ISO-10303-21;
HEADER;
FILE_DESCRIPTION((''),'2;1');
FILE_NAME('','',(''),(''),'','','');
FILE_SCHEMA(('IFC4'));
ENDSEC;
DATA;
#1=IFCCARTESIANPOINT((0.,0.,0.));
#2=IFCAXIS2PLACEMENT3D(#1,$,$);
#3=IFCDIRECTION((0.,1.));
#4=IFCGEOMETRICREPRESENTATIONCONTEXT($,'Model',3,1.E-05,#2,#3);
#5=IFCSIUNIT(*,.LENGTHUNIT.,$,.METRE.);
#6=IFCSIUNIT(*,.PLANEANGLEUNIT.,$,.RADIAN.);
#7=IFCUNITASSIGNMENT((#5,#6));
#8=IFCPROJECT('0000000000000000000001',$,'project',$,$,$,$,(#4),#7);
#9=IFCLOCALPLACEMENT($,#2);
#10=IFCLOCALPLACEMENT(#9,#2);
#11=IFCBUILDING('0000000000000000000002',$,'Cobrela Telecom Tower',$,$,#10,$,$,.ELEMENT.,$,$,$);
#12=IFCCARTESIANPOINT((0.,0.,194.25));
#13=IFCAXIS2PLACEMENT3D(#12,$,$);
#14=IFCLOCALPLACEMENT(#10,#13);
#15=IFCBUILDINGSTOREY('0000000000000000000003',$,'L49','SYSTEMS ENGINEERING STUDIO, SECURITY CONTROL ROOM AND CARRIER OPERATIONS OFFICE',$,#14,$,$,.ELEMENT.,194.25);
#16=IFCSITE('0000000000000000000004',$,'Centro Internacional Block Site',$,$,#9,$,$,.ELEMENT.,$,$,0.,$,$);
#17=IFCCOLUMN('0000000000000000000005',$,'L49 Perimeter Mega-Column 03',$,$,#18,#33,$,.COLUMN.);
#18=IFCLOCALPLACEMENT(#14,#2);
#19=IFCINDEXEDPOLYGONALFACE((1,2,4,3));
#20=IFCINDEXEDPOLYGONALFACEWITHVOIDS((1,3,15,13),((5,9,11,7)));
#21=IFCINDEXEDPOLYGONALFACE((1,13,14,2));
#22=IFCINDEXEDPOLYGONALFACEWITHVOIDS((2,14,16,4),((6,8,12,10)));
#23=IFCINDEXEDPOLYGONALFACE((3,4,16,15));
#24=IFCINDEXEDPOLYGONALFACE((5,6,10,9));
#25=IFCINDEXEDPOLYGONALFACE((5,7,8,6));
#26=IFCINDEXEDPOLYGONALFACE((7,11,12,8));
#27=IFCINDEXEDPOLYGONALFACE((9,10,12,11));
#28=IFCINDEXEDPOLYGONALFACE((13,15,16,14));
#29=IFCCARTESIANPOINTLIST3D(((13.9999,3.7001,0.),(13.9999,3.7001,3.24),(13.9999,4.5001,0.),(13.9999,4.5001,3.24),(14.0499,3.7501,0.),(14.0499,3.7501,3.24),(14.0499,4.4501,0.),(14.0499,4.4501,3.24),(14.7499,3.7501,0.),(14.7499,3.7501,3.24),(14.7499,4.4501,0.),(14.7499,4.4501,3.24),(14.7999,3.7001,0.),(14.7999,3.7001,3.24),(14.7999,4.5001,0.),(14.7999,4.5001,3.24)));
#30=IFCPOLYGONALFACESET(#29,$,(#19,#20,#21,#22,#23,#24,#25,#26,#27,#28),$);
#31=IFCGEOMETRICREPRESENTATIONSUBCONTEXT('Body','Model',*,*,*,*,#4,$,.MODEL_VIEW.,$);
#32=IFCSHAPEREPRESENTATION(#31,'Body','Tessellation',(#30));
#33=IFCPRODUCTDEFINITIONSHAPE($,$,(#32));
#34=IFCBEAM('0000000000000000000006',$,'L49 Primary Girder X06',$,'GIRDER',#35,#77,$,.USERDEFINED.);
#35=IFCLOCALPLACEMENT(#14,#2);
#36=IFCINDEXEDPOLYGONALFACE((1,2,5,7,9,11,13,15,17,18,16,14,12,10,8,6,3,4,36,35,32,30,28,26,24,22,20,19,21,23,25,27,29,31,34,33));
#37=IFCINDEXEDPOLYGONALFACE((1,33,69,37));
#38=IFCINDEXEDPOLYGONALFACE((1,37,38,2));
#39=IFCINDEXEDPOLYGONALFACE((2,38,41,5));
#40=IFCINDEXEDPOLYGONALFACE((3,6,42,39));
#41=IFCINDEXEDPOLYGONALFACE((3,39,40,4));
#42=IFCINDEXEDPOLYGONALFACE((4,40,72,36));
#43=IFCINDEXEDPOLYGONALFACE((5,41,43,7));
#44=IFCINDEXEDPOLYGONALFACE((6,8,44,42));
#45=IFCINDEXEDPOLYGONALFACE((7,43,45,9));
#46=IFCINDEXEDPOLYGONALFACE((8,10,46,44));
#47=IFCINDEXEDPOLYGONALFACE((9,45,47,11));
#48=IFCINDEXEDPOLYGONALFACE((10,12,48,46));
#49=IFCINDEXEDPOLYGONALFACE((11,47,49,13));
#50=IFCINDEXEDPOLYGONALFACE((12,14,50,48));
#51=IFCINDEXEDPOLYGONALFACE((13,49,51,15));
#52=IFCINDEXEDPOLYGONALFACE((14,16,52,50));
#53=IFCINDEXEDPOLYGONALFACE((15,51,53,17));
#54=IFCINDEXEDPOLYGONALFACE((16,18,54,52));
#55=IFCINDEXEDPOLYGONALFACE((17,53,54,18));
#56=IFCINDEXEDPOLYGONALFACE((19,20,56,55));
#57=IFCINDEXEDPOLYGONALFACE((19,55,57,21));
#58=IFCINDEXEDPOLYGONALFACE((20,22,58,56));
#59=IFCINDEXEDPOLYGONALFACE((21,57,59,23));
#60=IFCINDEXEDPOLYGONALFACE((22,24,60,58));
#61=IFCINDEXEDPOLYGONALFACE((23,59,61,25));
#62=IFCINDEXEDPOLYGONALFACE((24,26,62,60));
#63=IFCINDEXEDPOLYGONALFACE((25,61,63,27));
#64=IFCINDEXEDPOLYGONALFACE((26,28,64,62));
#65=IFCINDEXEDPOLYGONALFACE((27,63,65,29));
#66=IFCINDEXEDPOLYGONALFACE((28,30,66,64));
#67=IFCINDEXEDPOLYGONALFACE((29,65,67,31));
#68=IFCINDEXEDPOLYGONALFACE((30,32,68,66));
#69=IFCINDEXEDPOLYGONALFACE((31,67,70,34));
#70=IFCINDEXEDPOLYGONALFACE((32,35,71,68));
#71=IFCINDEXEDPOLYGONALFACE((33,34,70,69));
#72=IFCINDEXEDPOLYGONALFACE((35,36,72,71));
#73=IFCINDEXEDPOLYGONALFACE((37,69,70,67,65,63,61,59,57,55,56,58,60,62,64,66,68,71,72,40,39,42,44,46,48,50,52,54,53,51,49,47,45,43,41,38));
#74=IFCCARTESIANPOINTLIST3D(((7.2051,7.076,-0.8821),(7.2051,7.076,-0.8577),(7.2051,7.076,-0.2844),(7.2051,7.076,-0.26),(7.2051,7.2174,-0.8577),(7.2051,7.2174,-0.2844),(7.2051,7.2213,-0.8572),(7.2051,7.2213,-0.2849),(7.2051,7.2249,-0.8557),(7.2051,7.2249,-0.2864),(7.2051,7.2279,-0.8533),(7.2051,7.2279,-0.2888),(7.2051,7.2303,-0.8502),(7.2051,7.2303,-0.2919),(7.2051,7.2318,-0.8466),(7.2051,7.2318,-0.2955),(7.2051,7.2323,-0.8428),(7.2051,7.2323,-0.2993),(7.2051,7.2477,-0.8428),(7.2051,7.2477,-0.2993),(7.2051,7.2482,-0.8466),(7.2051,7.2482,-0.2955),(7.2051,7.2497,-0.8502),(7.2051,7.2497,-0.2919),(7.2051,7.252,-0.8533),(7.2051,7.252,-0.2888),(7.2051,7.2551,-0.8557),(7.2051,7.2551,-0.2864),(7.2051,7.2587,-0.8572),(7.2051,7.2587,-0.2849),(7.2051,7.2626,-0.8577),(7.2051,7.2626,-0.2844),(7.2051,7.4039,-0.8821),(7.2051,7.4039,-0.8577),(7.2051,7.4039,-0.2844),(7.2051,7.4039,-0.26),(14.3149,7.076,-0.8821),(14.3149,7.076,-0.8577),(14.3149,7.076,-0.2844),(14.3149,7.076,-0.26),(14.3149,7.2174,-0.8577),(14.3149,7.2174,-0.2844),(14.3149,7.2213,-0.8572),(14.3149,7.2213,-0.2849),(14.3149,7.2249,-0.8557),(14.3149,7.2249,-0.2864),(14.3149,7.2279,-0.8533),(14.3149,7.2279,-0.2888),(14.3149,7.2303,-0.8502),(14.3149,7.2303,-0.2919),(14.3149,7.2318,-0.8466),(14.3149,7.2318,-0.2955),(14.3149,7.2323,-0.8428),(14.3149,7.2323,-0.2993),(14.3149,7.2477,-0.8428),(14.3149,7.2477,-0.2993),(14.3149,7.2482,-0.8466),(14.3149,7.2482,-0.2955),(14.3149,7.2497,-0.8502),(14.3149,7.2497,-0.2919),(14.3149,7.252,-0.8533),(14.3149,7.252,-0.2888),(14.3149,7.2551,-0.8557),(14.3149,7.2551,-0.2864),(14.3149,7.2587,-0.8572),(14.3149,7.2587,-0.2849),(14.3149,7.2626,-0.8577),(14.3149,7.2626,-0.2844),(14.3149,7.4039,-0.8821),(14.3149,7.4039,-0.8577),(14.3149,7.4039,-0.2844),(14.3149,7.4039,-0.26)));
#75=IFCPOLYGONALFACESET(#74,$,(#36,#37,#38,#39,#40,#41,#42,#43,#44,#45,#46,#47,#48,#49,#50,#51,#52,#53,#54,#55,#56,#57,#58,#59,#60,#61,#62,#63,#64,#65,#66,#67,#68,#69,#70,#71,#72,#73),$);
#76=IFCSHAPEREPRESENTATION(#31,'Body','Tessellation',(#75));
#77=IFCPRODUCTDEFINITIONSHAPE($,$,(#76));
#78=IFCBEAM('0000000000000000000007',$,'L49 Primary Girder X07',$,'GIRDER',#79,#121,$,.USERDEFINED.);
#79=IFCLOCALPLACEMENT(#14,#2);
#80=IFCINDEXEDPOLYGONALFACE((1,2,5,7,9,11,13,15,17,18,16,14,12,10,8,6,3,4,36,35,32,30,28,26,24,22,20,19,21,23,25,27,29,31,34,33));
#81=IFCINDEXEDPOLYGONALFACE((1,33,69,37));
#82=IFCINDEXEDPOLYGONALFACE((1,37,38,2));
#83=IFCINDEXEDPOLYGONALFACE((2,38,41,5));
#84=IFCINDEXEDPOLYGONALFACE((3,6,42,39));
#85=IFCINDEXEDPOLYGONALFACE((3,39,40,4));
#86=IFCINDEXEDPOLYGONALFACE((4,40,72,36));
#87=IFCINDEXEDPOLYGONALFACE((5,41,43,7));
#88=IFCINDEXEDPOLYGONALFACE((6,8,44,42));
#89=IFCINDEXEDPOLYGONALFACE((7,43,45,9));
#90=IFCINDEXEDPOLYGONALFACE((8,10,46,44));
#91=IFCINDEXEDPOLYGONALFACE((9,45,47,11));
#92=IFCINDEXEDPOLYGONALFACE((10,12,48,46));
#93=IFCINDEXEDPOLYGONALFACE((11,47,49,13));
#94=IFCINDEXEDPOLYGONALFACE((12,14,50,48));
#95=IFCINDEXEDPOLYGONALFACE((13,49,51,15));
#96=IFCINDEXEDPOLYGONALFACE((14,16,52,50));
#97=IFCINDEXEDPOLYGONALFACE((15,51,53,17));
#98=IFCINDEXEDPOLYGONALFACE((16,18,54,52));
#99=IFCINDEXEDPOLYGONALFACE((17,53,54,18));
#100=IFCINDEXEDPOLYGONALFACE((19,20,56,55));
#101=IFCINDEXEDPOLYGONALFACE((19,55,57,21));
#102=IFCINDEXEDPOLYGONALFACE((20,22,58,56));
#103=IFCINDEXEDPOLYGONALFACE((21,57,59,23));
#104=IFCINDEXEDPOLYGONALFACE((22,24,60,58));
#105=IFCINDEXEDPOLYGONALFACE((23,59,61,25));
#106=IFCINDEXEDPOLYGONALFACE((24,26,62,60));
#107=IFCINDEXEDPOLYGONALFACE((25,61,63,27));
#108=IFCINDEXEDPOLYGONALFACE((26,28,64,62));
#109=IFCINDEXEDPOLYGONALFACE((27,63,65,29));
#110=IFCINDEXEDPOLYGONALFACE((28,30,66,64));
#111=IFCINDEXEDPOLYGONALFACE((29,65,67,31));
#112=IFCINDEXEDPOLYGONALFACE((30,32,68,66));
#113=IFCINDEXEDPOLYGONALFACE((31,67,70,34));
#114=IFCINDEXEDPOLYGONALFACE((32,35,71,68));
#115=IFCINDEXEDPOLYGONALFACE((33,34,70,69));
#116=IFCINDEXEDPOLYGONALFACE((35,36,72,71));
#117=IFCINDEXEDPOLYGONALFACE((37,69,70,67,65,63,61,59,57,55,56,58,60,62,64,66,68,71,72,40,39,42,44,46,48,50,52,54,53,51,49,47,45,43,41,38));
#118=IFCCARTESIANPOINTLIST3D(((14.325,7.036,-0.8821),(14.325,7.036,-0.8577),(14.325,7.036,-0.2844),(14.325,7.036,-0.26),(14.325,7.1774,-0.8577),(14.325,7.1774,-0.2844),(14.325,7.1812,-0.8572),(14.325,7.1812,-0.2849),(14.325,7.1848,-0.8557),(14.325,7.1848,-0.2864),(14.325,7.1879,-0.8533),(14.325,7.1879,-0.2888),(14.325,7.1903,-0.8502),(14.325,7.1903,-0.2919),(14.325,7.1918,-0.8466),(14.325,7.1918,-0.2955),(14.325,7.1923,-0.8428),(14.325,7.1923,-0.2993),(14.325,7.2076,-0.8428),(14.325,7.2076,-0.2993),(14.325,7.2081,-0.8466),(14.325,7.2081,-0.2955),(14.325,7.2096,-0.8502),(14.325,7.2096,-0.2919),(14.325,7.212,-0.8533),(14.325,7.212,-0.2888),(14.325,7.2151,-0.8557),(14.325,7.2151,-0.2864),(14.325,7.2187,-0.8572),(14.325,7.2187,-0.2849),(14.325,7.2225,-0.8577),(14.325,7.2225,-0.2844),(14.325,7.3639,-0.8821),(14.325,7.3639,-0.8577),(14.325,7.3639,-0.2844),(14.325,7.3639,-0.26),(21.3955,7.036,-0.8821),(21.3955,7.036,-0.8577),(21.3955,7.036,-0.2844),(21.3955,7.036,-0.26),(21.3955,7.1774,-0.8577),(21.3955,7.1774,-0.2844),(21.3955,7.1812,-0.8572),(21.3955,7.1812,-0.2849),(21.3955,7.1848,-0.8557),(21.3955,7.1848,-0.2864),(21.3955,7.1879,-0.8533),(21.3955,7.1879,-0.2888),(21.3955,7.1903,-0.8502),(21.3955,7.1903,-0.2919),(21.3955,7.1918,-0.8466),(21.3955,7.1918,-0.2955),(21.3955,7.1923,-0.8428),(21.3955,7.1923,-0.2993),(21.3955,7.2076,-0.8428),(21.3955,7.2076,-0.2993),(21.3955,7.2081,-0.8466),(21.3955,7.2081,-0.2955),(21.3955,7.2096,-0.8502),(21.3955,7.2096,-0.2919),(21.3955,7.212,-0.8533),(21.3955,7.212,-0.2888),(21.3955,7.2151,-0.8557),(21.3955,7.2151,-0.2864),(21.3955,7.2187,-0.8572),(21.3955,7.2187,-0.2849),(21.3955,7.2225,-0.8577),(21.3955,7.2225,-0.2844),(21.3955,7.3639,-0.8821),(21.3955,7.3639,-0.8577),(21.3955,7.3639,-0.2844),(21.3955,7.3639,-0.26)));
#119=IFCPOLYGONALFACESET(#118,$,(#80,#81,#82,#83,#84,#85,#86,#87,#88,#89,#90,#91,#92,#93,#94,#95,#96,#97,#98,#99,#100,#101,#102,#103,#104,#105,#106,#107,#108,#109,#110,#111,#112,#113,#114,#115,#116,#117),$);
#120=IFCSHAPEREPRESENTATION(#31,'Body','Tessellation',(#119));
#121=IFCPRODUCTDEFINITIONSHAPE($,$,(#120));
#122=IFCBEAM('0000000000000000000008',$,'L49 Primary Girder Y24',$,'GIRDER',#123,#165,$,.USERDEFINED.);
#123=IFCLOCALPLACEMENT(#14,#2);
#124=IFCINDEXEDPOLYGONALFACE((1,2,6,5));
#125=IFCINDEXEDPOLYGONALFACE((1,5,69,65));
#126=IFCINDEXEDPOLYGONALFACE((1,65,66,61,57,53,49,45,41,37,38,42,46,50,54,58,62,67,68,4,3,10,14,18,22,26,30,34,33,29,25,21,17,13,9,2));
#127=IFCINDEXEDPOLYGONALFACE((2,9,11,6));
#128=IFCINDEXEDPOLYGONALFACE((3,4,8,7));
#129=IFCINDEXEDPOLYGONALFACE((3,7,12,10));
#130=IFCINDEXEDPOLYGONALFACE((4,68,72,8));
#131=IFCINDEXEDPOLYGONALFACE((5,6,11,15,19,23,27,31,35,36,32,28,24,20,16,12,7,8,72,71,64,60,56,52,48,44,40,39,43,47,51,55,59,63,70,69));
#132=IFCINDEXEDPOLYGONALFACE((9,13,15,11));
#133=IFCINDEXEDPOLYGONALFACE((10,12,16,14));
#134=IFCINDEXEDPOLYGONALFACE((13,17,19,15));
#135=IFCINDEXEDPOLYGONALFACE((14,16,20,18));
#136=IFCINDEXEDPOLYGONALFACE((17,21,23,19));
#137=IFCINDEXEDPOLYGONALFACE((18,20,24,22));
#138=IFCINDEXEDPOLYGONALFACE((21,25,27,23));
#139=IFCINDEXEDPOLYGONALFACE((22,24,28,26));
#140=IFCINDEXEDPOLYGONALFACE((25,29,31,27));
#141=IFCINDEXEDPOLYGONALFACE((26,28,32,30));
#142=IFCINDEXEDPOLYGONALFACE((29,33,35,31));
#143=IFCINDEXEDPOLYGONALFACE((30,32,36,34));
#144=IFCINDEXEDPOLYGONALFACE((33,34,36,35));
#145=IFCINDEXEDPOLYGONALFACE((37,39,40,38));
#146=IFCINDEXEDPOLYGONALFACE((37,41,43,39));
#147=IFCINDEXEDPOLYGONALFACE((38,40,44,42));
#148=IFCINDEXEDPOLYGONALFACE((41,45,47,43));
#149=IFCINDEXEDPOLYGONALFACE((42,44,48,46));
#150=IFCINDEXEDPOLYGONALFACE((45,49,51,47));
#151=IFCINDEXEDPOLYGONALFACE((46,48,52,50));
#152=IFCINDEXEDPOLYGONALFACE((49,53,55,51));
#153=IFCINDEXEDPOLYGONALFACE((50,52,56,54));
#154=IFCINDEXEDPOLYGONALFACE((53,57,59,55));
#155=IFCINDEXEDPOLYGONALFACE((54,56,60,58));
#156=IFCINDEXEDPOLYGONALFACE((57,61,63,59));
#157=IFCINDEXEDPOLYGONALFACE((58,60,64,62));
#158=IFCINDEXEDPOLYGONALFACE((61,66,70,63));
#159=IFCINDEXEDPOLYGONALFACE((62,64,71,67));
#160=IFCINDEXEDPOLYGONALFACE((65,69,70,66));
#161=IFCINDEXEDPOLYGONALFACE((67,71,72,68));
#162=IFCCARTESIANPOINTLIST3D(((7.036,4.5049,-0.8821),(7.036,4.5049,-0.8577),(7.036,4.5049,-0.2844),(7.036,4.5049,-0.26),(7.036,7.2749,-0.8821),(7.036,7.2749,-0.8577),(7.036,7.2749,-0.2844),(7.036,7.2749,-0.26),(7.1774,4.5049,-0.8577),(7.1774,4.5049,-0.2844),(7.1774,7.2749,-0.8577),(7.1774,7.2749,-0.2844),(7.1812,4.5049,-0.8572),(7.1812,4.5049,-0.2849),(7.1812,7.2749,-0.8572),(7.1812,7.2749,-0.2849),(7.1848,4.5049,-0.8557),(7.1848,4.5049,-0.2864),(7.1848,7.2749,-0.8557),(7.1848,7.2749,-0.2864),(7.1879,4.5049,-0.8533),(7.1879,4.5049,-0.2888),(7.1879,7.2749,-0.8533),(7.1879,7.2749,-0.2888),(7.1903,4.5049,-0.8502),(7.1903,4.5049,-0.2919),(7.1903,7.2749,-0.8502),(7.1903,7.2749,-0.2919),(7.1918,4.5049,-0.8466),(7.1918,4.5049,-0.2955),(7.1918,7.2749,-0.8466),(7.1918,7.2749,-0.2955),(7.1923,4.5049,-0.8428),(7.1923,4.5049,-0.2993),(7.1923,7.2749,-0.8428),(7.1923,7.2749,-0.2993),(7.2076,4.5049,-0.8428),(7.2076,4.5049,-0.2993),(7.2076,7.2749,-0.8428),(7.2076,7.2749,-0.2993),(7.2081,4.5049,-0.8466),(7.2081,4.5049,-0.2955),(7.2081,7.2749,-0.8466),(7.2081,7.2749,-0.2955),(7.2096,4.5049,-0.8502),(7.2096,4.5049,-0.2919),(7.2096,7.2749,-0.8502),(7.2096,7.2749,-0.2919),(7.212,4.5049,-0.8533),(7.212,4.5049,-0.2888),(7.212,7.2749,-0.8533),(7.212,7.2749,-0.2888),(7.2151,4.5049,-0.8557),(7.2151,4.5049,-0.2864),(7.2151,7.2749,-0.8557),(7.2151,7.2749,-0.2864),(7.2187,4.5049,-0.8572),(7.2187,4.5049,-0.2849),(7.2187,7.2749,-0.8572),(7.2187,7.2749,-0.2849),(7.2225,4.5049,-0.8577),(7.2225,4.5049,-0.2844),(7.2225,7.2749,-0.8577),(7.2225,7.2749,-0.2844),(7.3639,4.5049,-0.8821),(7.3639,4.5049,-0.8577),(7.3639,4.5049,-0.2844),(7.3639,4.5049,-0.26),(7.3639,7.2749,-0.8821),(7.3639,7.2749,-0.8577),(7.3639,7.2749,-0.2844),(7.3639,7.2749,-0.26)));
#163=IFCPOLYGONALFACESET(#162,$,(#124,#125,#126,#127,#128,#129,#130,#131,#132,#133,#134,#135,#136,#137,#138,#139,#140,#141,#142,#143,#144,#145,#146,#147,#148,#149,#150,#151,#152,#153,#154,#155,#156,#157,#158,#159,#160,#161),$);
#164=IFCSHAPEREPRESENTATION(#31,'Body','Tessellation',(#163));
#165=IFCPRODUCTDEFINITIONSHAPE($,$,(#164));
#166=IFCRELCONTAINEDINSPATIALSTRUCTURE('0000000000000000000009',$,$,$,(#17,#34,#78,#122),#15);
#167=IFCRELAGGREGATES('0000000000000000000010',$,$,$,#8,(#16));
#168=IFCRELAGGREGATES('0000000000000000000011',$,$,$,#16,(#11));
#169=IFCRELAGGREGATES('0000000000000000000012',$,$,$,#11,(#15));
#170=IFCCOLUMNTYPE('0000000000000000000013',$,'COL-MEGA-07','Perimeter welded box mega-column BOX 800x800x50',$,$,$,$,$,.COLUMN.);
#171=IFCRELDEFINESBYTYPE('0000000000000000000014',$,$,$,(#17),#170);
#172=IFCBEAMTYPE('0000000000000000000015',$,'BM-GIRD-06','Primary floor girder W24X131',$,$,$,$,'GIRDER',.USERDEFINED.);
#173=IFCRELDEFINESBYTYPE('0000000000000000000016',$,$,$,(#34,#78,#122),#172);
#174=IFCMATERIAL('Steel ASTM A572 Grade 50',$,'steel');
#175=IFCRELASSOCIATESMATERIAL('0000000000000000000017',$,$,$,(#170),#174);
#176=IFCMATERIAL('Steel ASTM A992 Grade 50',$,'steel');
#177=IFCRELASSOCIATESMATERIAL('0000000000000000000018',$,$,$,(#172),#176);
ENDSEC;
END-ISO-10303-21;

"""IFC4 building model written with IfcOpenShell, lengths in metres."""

from ifc_helpers import new_model, si_unit, direction, frame, origin, origin_2d, place, context, subcontext, project, spatial, hollow_rectangle, i_section, extrude, material, material_profile, profile_set, type_object, element, save


model = new_model("IFC4")

# Units and contexts
model_context = context("Model", 3, precision=1e-05, world=origin(), true_north=direction((0.0, 1.0)))
body_context = subcontext(model_context, "Body", "Model", "MODEL_VIEW")
ifc_project = project(units=[si_unit("LENGTHUNIT", "METRE"), si_unit("PLANEANGLEUNIT", "RADIAN")], contexts=[model_context])

# Site, building, storey
site_placement = place(None, origin())
site = spatial("IfcSite", under=ifc_project, at=site_placement, Name="Centro Internacional Block Site", CompositionType="ELEMENT", RefElevation=0.0)
building_placement = place(site_placement, origin())
building = spatial("IfcBuilding", under=site, at=building_placement, Name="Cobrela Telecom Tower", CompositionType="ELEMENT")
storey_placement = place(building_placement, frame((0.0, 0.0, 194.25)))
storey = spatial("IfcBuildingStorey", under=building, at=storey_placement, Name="L49", Description="SYSTEMS ENGINEERING STUDIO, SECURITY CONTROL ROOM AND CARRIER OPERATIONS OFFICE", CompositionType="ELEMENT", Elevation=194.25)

# Column
ifc_material_1 = material(Name="Steel ASTM A572 Grade 50", Category="steel")
ifc_material_profile_1 = material_profile(ifc_material_1, hollow_rectangle(XDim=0.8, YDim=0.8, WallThickness=0.05, at=origin_2d()), Name="BOX 800x800x50")
ifc_profile_set_1 = profile_set([ifc_material_profile_1], Name="Steel ASTM A572 Grade 50")
column_type = type_object("IfcColumnType", Name="COL-MEGA-07", Description="Perimeter welded box mega-column BOX 800x800x50", PredefinedType="COLUMN", material=ifc_profile_set_1)
column_placement = place(storey_placement, frame((14.3999, 4.1001, 0.0), z_axis=(0.0, 0.0, 1.0), x_axis=(1.0, 0.0, 0.0)))
element("IfcColumn", 1, at=column_placement, inside=storey, type_object=column_type, Name="L49 Perimeter Mega-Column 03", PredefinedType="COLUMN", context=body_context, shape_type="SweptSolid", body=[
    extrude(hollow_rectangle(XDim=0.8, YDim=0.8, WallThickness=0.05, at=origin_2d()), origin(), (0.0, 0.0, 1.0), 3.24),
])

# Beams
ifc_material_2 = material(Name="Steel ASTM A992 Grade 50", Category="steel")
ifc_material_profile_2 = material_profile(ifc_material_2, i_section(OverallWidth=0.3279, OverallDepth=0.6221, WebThickness=0.0154, FlangeThickness=0.0244, FilletRadius=0.0149, at=origin_2d()), Name="W24X131")
ifc_profile_set_2 = profile_set([ifc_material_profile_2], Name="Steel ASTM A992 Grade 50")
beam_type_1 = type_object("IfcBeamType", Name="BM-GIRD-06", Description="Primary floor girder W24X131", ElementType="GIRDER", PredefinedType="USERDEFINED", material=ifc_profile_set_2)
beam_1_placement = place(storey_placement, frame((7.2051, 7.24, -0.571), z_axis=(1.0, 0.0, 0.0), x_axis=(0.0, 1.0, 0.0)))
element("IfcBeam", 2, at=beam_1_placement, inside=storey, type_object=beam_type_1, Name="L49 Primary Girder X06", ObjectType="GIRDER", PredefinedType="USERDEFINED", context=body_context, shape_type="SweptSolid", body=[
    extrude(i_section(OverallWidth=0.3279, OverallDepth=0.6221, WebThickness=0.0154, FlangeThickness=0.0244, FilletRadius=0.0149, at=origin_2d()), origin(), (0.0, 0.0, 1.0), 7.1099),
])
beam_2_placement = place(storey_placement, frame((14.325, 7.2, -0.571), z_axis=(1.0, 0.0, 0.0), x_axis=(0.0, 1.0, 0.0)))
element("IfcBeam", 3, at=beam_2_placement, inside=storey, type_object=beam_type_1, Name="L49 Primary Girder X07", ObjectType="GIRDER", PredefinedType="USERDEFINED", context=body_context, shape_type="SweptSolid", body=[
    extrude(i_section(OverallWidth=0.3279, OverallDepth=0.6221, WebThickness=0.0154, FlangeThickness=0.0244, FilletRadius=0.0149, at=origin_2d()), origin(), (0.0, 0.0, 1.0), 7.0706),
])
beam_3_placement = place(storey_placement, frame((7.2, 4.5049, -0.571), z_axis=(0.0, 1.0, 0.0), x_axis=(-1.0, 0.0, 0.0)))
element("IfcBeam", 4, at=beam_3_placement, inside=storey, type_object=beam_type_1, Name="L49 Primary Girder Y24", ObjectType="GIRDER", PredefinedType="USERDEFINED", context=body_context, shape_type="SweptSolid", body=[
    extrude(i_section(OverallWidth=0.3279, OverallDepth=0.6221, WebThickness=0.0154, FlangeThickness=0.0244, FilletRadius=0.0149, at=origin_2d()), origin(), (0.0, 0.0, 1.0), 2.77),
])

save(model, "model.ifc")
